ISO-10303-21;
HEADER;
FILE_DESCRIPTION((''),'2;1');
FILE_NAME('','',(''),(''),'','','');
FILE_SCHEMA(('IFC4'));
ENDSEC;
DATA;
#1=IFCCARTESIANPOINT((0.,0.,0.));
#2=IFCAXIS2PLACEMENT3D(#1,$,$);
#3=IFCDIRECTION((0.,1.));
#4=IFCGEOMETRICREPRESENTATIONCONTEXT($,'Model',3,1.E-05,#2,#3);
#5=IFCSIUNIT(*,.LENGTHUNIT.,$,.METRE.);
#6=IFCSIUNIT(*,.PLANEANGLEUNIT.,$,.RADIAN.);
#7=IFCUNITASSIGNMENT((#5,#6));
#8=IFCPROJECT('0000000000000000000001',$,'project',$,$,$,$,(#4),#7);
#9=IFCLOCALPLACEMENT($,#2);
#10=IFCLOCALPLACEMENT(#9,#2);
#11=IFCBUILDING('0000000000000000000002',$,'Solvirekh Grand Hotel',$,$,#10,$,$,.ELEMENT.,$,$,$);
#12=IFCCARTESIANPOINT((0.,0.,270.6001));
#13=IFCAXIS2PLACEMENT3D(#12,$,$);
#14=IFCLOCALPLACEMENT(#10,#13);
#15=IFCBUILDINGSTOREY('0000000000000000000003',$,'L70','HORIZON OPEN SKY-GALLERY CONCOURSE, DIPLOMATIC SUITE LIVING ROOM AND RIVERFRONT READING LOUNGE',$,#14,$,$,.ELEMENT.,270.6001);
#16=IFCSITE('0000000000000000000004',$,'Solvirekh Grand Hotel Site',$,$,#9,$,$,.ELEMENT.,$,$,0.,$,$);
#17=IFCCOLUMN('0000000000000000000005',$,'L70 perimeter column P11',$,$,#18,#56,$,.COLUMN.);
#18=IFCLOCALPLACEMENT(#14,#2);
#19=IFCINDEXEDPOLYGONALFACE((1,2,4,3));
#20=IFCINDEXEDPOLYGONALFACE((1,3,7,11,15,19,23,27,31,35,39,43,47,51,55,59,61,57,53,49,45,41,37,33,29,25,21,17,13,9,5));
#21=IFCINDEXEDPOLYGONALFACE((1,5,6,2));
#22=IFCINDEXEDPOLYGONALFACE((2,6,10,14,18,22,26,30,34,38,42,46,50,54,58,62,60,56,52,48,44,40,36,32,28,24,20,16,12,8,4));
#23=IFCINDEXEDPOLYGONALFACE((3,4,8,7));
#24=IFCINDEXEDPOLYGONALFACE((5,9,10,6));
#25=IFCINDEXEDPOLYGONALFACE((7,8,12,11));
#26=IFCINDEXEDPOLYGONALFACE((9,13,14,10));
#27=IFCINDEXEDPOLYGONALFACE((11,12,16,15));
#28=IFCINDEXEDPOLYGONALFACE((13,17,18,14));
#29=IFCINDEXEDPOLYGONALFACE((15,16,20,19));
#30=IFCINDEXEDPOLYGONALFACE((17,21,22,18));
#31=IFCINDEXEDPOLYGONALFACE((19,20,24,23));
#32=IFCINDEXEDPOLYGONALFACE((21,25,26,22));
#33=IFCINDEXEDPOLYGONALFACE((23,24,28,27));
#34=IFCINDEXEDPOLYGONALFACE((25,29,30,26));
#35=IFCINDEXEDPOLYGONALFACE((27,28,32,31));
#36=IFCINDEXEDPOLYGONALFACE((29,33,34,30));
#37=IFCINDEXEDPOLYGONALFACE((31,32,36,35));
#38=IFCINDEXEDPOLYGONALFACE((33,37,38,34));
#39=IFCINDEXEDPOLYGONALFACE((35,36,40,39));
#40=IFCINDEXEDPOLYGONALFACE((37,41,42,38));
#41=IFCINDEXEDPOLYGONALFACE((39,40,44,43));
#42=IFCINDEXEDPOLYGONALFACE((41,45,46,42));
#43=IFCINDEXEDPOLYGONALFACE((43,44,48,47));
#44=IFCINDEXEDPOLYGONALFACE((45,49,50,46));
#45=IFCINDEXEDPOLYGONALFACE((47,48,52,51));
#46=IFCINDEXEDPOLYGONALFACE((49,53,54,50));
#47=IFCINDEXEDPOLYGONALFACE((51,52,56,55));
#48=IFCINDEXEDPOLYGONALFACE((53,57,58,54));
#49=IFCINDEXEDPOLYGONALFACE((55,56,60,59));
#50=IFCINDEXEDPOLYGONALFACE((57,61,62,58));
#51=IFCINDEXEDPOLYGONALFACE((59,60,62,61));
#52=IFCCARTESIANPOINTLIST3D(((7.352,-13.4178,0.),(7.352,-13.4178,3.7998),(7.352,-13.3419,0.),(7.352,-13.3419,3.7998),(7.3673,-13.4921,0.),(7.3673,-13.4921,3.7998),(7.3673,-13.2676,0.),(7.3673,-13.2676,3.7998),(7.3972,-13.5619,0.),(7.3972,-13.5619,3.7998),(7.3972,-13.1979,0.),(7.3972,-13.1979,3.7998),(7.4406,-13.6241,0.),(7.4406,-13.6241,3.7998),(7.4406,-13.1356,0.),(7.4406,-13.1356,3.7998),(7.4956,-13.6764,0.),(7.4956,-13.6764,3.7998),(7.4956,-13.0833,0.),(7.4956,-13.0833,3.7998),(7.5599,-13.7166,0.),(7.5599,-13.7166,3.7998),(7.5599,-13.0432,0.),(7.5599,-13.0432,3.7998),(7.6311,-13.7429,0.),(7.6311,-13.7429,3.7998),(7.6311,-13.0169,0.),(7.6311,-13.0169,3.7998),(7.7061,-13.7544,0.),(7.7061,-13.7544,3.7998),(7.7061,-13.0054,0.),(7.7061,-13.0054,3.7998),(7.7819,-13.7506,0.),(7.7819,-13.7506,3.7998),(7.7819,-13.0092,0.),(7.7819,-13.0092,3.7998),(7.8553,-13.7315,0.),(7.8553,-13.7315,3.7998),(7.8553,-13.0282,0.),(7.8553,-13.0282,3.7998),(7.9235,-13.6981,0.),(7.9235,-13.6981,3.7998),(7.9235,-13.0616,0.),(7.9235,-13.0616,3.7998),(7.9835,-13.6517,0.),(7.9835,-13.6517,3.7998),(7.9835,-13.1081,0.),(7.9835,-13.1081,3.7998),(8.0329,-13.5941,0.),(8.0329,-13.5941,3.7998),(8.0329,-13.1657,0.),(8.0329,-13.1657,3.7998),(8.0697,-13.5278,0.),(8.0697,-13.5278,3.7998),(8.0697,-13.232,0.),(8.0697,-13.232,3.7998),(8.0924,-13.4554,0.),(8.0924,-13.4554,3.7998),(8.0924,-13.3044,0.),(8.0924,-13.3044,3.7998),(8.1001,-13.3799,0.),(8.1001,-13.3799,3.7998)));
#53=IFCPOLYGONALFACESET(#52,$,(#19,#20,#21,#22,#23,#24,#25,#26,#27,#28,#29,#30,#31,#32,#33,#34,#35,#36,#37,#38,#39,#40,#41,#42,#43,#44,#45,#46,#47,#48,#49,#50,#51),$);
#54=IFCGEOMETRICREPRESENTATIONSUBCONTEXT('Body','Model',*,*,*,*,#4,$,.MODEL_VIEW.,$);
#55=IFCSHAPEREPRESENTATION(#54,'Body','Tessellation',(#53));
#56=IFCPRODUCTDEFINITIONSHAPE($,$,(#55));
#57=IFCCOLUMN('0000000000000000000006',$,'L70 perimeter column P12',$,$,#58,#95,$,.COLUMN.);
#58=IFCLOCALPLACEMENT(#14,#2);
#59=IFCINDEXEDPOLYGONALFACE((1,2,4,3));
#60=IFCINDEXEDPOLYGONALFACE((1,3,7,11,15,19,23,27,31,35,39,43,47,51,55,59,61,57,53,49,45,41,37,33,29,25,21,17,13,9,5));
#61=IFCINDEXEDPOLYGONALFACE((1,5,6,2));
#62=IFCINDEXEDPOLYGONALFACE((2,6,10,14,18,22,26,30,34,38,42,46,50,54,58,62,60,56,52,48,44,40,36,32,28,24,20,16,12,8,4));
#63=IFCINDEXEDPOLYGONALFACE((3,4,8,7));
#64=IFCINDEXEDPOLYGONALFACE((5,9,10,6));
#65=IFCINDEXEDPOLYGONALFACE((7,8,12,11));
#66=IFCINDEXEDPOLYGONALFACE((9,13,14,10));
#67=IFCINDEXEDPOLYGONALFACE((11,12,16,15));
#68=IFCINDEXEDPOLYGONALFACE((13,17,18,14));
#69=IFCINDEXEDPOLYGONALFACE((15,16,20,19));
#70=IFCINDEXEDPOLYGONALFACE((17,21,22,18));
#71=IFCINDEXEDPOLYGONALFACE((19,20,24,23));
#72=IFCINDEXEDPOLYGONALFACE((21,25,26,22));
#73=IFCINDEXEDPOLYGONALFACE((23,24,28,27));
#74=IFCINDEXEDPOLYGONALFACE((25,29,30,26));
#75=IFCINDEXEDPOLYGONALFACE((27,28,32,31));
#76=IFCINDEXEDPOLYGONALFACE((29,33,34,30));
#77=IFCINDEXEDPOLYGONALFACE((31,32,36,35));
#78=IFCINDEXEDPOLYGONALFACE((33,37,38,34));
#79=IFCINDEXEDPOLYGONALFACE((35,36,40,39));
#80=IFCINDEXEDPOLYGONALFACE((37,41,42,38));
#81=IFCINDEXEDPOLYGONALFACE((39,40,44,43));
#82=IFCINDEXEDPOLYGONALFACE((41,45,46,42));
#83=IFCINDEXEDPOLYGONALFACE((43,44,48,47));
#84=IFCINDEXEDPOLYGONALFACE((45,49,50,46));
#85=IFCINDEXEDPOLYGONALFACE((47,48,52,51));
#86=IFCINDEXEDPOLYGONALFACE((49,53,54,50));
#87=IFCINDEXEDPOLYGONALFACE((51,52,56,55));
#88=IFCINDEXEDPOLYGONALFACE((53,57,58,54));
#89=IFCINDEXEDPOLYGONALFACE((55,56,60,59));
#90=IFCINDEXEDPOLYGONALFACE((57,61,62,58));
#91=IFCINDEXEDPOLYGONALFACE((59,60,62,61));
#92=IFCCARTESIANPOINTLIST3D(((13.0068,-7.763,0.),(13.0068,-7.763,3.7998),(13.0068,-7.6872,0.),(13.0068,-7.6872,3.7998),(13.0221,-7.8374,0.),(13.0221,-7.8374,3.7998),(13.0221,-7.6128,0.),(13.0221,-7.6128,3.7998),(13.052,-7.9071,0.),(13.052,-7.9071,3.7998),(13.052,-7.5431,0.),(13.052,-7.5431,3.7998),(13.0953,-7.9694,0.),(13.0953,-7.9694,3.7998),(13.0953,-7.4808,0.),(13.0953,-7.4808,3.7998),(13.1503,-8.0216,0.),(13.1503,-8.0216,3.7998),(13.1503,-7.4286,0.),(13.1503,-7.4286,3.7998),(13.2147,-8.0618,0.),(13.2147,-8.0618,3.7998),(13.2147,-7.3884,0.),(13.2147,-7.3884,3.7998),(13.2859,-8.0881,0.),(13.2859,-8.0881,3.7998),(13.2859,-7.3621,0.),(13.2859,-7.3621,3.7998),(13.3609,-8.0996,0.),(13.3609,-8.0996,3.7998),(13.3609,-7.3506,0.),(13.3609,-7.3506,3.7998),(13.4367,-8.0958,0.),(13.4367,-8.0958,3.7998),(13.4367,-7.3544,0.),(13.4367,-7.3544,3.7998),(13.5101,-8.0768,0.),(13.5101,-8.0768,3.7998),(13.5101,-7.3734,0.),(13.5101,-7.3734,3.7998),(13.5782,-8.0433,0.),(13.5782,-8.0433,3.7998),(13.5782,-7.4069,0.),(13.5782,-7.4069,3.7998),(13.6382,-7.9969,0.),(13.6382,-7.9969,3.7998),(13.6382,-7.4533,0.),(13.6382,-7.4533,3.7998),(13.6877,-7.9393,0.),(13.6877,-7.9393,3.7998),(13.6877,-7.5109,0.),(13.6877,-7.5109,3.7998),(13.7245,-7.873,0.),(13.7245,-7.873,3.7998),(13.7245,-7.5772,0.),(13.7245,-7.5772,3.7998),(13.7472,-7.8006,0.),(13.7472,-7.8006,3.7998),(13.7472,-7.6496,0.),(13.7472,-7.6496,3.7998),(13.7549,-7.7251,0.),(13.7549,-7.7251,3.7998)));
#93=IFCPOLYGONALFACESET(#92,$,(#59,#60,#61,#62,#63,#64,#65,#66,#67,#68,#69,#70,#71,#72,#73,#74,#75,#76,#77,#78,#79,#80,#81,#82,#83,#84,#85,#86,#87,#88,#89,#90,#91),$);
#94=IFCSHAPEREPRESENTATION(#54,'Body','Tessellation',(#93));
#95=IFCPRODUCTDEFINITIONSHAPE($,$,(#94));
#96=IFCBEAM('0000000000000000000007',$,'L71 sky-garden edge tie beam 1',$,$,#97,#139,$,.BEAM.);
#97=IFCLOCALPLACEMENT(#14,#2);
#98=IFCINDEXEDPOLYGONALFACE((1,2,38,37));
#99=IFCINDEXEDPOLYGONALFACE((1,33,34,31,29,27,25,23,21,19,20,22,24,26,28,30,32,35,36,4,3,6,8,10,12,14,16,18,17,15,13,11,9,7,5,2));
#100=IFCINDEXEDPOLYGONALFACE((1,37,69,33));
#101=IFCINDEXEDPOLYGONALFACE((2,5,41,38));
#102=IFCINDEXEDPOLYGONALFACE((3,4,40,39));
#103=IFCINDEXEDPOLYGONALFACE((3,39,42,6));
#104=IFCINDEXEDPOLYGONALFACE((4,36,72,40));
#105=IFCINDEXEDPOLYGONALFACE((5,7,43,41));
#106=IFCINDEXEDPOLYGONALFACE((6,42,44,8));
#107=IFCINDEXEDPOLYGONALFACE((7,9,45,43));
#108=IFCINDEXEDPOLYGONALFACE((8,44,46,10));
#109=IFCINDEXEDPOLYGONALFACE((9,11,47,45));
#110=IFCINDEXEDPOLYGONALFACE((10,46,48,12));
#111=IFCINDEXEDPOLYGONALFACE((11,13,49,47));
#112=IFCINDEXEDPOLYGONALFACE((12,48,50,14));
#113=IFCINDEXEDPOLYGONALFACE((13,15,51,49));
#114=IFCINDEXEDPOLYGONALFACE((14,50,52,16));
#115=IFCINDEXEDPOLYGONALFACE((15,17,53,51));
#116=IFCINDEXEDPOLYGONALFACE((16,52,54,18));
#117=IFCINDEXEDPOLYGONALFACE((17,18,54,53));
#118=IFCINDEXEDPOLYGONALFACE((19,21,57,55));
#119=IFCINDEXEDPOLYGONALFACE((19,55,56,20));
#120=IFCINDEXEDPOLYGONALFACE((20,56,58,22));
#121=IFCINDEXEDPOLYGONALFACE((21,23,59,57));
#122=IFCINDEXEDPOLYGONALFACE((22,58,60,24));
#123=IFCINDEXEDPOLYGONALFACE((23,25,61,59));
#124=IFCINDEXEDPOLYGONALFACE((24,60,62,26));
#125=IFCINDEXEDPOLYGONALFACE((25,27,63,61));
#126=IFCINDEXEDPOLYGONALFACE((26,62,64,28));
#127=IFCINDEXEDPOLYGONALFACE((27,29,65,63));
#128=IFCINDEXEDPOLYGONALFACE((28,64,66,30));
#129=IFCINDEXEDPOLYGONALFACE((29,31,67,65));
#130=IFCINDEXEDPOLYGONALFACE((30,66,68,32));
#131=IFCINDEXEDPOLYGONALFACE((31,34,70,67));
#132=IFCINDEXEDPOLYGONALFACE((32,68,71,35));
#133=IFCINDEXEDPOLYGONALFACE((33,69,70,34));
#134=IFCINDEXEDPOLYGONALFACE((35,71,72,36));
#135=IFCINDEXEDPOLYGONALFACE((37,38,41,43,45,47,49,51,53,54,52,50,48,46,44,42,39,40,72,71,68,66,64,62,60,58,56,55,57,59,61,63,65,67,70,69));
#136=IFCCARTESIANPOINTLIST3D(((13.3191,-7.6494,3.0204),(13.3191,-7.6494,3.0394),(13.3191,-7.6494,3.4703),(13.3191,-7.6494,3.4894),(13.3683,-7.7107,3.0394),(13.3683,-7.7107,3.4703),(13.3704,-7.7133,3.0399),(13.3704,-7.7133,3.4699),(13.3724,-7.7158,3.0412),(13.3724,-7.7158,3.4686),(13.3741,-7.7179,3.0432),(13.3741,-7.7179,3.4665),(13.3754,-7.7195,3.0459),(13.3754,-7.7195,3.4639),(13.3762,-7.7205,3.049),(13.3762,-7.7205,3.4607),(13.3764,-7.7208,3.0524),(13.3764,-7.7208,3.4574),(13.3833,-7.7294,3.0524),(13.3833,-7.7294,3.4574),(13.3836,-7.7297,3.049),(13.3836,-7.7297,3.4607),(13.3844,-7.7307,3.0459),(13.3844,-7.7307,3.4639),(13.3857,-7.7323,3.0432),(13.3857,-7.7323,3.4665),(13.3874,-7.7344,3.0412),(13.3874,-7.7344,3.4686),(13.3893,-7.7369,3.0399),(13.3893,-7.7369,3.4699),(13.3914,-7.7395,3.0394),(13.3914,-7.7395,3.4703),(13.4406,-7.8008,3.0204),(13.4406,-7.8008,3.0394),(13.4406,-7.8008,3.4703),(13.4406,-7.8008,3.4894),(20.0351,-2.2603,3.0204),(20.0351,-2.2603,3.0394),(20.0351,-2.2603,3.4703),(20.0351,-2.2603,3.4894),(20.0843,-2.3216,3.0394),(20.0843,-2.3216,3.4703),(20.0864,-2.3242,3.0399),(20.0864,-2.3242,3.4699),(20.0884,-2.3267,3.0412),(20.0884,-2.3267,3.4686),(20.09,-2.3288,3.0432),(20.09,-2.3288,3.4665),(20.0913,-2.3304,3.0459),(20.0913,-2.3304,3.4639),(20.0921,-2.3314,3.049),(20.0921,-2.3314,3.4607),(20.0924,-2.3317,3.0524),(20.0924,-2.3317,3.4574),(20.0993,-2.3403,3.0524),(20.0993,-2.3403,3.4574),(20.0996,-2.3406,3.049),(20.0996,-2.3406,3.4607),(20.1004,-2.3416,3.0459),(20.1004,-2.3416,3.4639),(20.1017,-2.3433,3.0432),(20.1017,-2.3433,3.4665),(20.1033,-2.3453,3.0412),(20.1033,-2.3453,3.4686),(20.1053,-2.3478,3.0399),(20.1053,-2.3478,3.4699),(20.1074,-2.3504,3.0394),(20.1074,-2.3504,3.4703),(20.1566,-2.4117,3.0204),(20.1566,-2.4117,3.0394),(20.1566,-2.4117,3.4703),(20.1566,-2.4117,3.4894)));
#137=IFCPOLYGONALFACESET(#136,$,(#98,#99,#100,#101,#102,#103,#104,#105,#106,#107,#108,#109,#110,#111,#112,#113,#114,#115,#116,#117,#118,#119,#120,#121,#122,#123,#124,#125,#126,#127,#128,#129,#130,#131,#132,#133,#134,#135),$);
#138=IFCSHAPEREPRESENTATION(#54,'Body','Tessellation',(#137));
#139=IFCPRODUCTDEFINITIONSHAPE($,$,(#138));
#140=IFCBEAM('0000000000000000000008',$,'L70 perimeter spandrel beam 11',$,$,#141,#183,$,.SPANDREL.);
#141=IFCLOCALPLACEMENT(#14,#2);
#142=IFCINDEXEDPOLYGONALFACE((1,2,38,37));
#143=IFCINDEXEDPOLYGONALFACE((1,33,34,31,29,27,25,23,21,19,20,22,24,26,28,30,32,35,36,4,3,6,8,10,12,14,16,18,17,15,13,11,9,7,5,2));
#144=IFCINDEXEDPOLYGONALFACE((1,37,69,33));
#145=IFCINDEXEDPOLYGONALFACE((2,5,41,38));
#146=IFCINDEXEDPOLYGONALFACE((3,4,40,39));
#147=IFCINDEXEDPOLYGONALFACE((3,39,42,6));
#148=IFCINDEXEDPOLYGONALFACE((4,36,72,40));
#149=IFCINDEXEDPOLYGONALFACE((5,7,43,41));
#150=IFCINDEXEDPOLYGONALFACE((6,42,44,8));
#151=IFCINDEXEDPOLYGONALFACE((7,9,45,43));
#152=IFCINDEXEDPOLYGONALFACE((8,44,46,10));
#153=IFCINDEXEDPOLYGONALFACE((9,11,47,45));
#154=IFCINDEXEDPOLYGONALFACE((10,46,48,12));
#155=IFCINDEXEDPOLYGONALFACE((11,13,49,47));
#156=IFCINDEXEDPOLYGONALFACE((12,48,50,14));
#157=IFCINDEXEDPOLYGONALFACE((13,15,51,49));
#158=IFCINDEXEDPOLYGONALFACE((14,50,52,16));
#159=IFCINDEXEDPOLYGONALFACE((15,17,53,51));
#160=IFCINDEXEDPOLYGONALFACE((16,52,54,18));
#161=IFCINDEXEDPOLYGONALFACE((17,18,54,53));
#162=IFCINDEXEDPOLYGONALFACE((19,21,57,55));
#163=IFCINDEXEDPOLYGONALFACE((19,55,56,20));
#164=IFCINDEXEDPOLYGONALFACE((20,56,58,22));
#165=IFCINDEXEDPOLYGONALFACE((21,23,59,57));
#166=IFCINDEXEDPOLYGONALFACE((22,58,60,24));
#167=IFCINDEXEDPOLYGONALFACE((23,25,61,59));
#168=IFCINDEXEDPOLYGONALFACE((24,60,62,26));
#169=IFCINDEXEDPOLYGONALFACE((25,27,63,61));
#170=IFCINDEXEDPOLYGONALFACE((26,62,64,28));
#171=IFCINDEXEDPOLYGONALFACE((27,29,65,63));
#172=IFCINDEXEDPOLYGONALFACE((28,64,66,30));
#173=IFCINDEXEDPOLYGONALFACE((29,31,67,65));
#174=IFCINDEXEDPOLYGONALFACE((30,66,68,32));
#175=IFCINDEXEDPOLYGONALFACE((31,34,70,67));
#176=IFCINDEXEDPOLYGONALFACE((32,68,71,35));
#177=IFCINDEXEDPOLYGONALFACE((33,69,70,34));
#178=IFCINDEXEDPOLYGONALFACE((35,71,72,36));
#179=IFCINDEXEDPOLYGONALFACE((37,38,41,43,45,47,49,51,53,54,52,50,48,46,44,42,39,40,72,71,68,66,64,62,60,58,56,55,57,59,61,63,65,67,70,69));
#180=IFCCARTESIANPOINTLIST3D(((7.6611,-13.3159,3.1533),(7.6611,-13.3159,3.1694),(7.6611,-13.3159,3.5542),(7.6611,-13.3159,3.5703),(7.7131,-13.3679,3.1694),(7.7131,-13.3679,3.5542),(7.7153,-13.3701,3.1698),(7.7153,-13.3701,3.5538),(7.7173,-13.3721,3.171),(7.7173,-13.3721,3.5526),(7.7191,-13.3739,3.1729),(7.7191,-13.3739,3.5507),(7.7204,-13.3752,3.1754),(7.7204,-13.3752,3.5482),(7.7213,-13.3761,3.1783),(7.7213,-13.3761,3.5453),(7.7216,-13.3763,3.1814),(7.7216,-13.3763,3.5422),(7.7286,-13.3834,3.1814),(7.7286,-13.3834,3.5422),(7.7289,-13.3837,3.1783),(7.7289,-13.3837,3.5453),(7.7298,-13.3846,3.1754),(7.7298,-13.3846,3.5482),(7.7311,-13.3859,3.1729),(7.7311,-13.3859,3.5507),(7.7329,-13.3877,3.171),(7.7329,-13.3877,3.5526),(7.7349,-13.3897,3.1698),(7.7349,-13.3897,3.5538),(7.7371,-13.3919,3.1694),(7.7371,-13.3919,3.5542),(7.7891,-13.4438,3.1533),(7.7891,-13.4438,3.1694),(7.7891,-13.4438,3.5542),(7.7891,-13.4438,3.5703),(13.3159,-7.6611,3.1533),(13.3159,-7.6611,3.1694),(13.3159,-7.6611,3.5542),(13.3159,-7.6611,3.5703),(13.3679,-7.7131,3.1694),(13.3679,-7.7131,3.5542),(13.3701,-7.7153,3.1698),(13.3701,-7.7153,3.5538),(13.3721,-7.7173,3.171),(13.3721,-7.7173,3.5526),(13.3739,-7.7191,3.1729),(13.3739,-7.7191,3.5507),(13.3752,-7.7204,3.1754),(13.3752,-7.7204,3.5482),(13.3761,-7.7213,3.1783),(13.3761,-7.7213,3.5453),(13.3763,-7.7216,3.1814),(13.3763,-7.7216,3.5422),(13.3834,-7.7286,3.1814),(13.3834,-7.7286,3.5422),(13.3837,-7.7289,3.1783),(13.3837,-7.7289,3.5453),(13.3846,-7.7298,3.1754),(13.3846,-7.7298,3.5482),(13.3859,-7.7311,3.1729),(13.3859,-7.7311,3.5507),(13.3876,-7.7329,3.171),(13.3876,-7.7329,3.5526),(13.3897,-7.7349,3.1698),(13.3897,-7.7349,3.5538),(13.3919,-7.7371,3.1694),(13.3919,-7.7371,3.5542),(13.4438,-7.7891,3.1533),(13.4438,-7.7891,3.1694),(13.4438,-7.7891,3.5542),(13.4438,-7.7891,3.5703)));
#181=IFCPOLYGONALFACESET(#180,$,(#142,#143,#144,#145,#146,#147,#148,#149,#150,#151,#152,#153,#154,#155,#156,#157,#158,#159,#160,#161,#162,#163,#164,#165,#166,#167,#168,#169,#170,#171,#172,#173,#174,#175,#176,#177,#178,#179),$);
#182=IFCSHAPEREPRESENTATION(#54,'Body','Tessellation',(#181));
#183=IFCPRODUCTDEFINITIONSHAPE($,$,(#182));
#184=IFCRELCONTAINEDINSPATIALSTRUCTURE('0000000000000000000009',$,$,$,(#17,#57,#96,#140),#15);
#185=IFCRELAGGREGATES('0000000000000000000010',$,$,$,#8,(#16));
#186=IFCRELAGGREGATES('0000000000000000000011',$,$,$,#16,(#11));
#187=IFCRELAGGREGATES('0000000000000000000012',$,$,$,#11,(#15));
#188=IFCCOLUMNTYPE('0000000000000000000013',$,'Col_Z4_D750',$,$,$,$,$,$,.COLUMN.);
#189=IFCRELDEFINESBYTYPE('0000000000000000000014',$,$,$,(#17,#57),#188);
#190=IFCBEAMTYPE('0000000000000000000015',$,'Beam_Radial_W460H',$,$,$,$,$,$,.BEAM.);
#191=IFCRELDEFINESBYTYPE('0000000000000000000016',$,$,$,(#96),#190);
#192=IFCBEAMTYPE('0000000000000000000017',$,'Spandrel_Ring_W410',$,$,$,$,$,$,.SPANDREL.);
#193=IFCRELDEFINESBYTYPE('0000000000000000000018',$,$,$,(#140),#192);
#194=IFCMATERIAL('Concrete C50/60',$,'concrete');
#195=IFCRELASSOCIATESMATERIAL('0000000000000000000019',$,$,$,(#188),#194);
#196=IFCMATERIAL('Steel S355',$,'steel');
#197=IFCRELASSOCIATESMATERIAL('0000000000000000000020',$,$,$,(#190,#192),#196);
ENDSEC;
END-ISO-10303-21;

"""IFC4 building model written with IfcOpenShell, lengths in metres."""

from ifc_helpers import new_model, si_unit, direction, frame, origin, origin_2d, place, context, subcontext, project, spatial, circle, i_section, extrude, material, material_profile, profile_set, type_object, element, save


model = new_model("IFC4")

# Units and contexts
model_context = context("Model", 3, precision=1e-05, world=origin(), true_north=direction((0.0, 1.0)))
body_context = subcontext(model_context, "Body", "Model", "MODEL_VIEW")
ifc_project = project(units=[si_unit("LENGTHUNIT", "METRE"), si_unit("PLANEANGLEUNIT", "RADIAN")], contexts=[model_context])

# Site, building, storey
site_placement = place(None, origin())
site = spatial("IfcSite", under=ifc_project, at=site_placement, Name="Solvirekh Grand Hotel Site", CompositionType="ELEMENT", RefElevation=0.0)
building_placement = place(site_placement, origin())
building = spatial("IfcBuilding", under=site, at=building_placement, Name="Solvirekh Grand Hotel", CompositionType="ELEMENT")
storey_placement = place(building_placement, frame((0.0, 0.0, 270.6001)))
storey = spatial("IfcBuildingStorey", under=building, at=storey_placement, Name="L70", Description="HORIZON OPEN SKY-GALLERY CONCOURSE, DIPLOMATIC SUITE LIVING ROOM AND RIVERFRONT READING LOUNGE", CompositionType="ELEMENT", Elevation=270.6001)

# Columns
ifc_material_1 = material(Name="Concrete C50/60", Category="concrete")
ifc_material_profile_1 = material_profile(ifc_material_1, circle(Radius=0.375, at=origin_2d()), Name="RC CIRC D750")
ifc_profile_set_1 = profile_set([ifc_material_profile_1], Name="Concrete C50/60")
column_type = type_object("IfcColumnType", Name="Col_Z4_D750", PredefinedType="COLUMN", material=ifc_profile_set_1)
for number, where, z_axis, x_axis, name in (
    (1, (7.7251, -13.3799, 0.0), (0.0, 0.0, 1.0), (1.0, 0.0, 0.0), "L70 perimeter column P11"),
    (2, (13.3799, -7.7251, 0.0), (0.0, 0.0, 1.0), (1.0, 0.0, 0.0), "L70 perimeter column P12"),
):
    element("IfcColumn", number, at=place(storey_placement, frame(where, z_axis=z_axis, x_axis=x_axis)), inside=storey, type_object=column_type, Name=name, PredefinedType="COLUMN", context=body_context, shape_type="SweptSolid", body=[
        extrude(circle(Radius=0.375, at=origin_2d()), origin(), (0.0, 0.0, 1.0), 3.7998),
    ])

# Beams
ifc_material_2 = material(Name="Steel S355", Category="steel")
ifc_material_profile_2 = material_profile(ifc_material_2, i_section(OverallWidth=0.1941, OverallDepth=0.469, WebThickness=0.011, FlangeThickness=0.019, FilletRadius=0.0129, at=origin_2d()), Name="W460X106")
ifc_profile_set_2 = profile_set([ifc_material_profile_2], Name="Steel S355")
beam_type_1 = type_object("IfcBeamType", Name="Beam_Radial_W460H", PredefinedType="BEAM", material=ifc_profile_set_2)
beam_1_placement = place(storey_placement, frame((13.3799, -7.7251, 3.2549), z_axis=(0.779944, 0.625849, 0.0), x_axis=(-0.625849, 0.779944, 0.0)))
element("IfcBeam", 3, at=beam_1_placement, inside=storey, type_object=beam_type_1, Name="L71 sky-garden edge tie beam 1", PredefinedType="BEAM", context=body_context, shape_type="SweptSolid", body=[
    extrude(i_section(OverallWidth=0.1941, OverallDepth=0.469, WebThickness=0.011, FlangeThickness=0.019, FilletRadius=0.0129, at=origin_2d()), origin(), (0.0, 0.0, 1.0), 8.6108),
])
ifc_material_profile_3 = material_profile(ifc_material_2, i_section(OverallWidth=0.1809, OverallDepth=0.417, WebThickness=0.01, FlangeThickness=0.0161, FilletRadius=0.012, at=origin_2d()), Name="W410X85")
ifc_profile_set_3 = profile_set([ifc_material_profile_3], Name="Steel S355")
beam_type_2 = type_object("IfcBeamType", Name="Spandrel_Ring_W410", PredefinedType="SPANDREL", material=ifc_profile_set_3)
beam_2_placement = place(storey_placement, frame((7.7251, -13.3799, 3.3618), z_axis=(0.707107, 0.707107, 0.0), x_axis=(-0.707107, 0.707107, 0.0)))
element("IfcBeam", 4, at=beam_2_placement, inside=storey, type_object=beam_type_2, Name="L70 perimeter spandrel beam 11", PredefinedType="SPANDREL", context=body_context, shape_type="SweptSolid", body=[
    extrude(i_section(OverallWidth=0.1809, OverallDepth=0.417, WebThickness=0.01, FlangeThickness=0.0161, FilletRadius=0.012, at=origin_2d()), origin(), (0.0, 0.0, 1.0), 7.9971),
])

save(model, "model.ifc")
